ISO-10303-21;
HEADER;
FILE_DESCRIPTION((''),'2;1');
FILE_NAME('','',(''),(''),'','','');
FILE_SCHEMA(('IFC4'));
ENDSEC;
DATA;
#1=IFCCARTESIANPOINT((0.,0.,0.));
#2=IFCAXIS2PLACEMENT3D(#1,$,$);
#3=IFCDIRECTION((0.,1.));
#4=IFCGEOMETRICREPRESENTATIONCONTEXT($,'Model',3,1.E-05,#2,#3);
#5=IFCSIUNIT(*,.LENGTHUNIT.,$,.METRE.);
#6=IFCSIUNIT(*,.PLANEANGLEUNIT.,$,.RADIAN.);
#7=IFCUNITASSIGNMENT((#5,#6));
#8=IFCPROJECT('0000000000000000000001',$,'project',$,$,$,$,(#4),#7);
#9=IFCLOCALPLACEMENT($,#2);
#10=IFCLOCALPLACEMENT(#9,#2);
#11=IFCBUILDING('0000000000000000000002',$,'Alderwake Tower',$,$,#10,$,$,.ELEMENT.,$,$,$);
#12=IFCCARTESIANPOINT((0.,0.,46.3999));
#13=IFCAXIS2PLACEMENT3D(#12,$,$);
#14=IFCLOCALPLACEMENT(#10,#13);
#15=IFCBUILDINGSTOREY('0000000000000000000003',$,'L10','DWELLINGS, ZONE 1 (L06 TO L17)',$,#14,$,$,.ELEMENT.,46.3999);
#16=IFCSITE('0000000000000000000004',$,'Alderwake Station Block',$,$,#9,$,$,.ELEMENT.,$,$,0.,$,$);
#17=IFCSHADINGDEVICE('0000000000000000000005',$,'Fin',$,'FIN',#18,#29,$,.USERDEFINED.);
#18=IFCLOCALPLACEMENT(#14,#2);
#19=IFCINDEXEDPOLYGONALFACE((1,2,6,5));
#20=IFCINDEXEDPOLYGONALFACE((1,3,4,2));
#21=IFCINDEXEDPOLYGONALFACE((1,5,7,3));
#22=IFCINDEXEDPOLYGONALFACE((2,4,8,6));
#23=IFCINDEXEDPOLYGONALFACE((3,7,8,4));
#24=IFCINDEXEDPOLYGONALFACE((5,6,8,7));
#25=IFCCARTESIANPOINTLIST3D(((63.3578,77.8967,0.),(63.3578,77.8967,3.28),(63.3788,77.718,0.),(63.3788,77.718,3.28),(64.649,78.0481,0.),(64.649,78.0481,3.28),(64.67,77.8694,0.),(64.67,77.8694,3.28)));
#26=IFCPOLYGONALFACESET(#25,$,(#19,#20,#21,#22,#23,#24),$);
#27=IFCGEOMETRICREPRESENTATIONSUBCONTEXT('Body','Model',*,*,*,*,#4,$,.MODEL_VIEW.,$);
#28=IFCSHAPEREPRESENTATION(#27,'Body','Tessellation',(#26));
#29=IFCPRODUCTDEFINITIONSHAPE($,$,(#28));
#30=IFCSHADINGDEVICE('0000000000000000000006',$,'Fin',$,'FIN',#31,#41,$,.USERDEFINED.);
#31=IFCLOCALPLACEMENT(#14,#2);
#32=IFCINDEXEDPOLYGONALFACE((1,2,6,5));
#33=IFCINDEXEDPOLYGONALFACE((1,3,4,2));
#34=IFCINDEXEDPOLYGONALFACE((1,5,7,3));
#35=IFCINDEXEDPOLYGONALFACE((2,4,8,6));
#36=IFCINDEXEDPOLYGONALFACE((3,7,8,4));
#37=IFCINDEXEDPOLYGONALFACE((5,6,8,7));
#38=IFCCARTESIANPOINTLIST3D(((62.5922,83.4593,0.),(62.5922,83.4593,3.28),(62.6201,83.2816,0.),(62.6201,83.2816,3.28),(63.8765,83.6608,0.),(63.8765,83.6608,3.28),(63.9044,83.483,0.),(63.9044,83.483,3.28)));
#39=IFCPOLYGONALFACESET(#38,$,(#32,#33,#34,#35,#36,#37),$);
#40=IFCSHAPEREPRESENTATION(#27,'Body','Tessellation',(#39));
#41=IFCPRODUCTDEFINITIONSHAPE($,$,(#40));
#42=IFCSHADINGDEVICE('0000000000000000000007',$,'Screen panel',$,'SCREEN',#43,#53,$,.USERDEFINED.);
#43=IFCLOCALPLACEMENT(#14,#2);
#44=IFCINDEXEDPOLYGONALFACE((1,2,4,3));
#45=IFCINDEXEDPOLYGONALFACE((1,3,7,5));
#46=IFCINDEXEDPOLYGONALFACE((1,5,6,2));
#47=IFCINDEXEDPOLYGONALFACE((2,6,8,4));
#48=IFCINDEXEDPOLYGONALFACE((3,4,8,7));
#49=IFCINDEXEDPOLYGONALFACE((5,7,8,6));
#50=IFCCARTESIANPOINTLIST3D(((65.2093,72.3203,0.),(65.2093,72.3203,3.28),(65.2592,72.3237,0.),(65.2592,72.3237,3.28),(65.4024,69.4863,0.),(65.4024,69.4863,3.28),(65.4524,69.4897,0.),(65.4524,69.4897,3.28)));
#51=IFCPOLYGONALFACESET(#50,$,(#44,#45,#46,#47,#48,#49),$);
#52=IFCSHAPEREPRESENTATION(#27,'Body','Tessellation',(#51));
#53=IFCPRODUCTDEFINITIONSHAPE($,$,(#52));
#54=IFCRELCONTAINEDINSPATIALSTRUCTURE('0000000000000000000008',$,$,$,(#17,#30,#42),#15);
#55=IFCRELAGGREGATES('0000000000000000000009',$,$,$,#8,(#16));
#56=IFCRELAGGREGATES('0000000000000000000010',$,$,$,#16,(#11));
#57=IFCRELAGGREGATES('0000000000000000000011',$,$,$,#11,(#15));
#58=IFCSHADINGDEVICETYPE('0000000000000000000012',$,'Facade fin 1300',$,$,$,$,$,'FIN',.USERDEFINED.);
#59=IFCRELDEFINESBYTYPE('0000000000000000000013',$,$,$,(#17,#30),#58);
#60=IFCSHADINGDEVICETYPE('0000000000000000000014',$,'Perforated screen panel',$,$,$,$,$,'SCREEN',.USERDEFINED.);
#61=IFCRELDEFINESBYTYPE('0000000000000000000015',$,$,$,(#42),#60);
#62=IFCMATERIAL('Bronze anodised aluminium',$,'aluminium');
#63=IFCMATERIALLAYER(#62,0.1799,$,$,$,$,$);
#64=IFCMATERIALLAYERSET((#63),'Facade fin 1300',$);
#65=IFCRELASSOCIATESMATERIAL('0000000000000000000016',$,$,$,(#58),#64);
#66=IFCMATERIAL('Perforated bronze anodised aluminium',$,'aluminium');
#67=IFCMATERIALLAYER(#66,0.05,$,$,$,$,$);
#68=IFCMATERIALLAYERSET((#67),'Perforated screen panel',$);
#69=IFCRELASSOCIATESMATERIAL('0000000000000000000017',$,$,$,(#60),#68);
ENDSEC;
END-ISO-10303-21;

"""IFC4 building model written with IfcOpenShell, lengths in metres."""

from ifc_helpers import new_model, si_unit, direction, frame, origin, origin_2d, place, context, subcontext, project, spatial, rectangle, extrude, material, layer, layer_set, type_object, element, save


model = new_model("IFC4")

# Units and contexts
model_context = context("Model", 3, precision=1e-05, world=origin(), true_north=direction((0.0, 1.0)))
body_context = subcontext(model_context, "Body", "Model", "MODEL_VIEW")
ifc_project = project(units=[si_unit("LENGTHUNIT", "METRE"), si_unit("PLANEANGLEUNIT", "RADIAN")], contexts=[model_context])

# Site, building, storey
site_placement = place(None, origin())
site = spatial("IfcSite", under=ifc_project, at=site_placement, Name="Alderwake Station Block", CompositionType="ELEMENT", RefElevation=0.0)
building_placement = place(site_placement, origin())
building = spatial("IfcBuilding", under=site, at=building_placement, Name="Alderwake Tower", CompositionType="ELEMENT")
storey_placement = place(building_placement, frame((0.0, 0.0, 46.3999)))
storey = spatial("IfcBuildingStorey", under=building, at=storey_placement, Name="L10", Description="DWELLINGS, ZONE 1 (L06 TO L17)", CompositionType="ELEMENT", Elevation=46.3999)

# Shading devices
ifc_material_1 = material(Name="Bronze anodised aluminium", Category="aluminium")
ifc_layer_1 = layer(ifc_material_1, 0.1799)
ifc_layer_set_1 = layer_set([ifc_layer_1], Name="Facade fin 1300")
shading_device_type_1 = type_object("IfcShadingDeviceType", Name="Facade fin 1300", ElementType="FIN", PredefinedType="USERDEFINED", material=ifc_layer_set_1)
for number, where, z_axis, x_axis, name in (
    (1, (64.0139, 77.8831, 0.0), (0.0, 0.0, 1.0), (0.993198, 0.116435, 0.0), "Fin"),
    (2, (63.2483, 83.4712, 0.0), (0.0, 0.0, 1.0), (0.987919, 0.154972, 0.0), "Fin"),
):
    element("IfcShadingDevice", number, at=place(storey_placement, frame(where, z_axis=z_axis, x_axis=x_axis)), inside=storey, type_object=shading_device_type_1, Name=name, ObjectType="FIN", PredefinedType="USERDEFINED", context=body_context, shape_type="SweptSolid", body=[
        extrude(rectangle(XDim=1.3, YDim=0.1799, at=origin_2d()), origin(), (0.0, 0.0, 1.0), 3.28),
    ])
ifc_material_2 = material(Name="Perforated bronze anodised aluminium", Category="aluminium")
ifc_layer_2 = layer(ifc_material_2, 0.05)
ifc_layer_set_2 = layer_set([ifc_layer_2], Name="Perforated screen panel")
shading_device_type_2 = type_object("IfcShadingDeviceType", Name="Perforated screen panel", ElementType="SCREEN", PredefinedType="USERDEFINED", material=ifc_layer_set_2)
shading_device_placement = place(storey_placement, frame((65.3308, 70.905, 0.0), z_axis=(0.0, 0.0, 1.0), x_axis=(0.997685, 0.067998, 0.0)))
element("IfcShadingDevice", 3, at=shading_device_placement, inside=storey, type_object=shading_device_type_2, Name="Screen panel", ObjectType="SCREEN", PredefinedType="USERDEFINED", context=body_context, shape_type="SweptSolid", body=[
    extrude(rectangle(XDim=0.05, YDim=2.8406, at=origin_2d()), origin(), (0.0, 0.0, 1.0), 3.28),
])

save(model, "model.ifc")
